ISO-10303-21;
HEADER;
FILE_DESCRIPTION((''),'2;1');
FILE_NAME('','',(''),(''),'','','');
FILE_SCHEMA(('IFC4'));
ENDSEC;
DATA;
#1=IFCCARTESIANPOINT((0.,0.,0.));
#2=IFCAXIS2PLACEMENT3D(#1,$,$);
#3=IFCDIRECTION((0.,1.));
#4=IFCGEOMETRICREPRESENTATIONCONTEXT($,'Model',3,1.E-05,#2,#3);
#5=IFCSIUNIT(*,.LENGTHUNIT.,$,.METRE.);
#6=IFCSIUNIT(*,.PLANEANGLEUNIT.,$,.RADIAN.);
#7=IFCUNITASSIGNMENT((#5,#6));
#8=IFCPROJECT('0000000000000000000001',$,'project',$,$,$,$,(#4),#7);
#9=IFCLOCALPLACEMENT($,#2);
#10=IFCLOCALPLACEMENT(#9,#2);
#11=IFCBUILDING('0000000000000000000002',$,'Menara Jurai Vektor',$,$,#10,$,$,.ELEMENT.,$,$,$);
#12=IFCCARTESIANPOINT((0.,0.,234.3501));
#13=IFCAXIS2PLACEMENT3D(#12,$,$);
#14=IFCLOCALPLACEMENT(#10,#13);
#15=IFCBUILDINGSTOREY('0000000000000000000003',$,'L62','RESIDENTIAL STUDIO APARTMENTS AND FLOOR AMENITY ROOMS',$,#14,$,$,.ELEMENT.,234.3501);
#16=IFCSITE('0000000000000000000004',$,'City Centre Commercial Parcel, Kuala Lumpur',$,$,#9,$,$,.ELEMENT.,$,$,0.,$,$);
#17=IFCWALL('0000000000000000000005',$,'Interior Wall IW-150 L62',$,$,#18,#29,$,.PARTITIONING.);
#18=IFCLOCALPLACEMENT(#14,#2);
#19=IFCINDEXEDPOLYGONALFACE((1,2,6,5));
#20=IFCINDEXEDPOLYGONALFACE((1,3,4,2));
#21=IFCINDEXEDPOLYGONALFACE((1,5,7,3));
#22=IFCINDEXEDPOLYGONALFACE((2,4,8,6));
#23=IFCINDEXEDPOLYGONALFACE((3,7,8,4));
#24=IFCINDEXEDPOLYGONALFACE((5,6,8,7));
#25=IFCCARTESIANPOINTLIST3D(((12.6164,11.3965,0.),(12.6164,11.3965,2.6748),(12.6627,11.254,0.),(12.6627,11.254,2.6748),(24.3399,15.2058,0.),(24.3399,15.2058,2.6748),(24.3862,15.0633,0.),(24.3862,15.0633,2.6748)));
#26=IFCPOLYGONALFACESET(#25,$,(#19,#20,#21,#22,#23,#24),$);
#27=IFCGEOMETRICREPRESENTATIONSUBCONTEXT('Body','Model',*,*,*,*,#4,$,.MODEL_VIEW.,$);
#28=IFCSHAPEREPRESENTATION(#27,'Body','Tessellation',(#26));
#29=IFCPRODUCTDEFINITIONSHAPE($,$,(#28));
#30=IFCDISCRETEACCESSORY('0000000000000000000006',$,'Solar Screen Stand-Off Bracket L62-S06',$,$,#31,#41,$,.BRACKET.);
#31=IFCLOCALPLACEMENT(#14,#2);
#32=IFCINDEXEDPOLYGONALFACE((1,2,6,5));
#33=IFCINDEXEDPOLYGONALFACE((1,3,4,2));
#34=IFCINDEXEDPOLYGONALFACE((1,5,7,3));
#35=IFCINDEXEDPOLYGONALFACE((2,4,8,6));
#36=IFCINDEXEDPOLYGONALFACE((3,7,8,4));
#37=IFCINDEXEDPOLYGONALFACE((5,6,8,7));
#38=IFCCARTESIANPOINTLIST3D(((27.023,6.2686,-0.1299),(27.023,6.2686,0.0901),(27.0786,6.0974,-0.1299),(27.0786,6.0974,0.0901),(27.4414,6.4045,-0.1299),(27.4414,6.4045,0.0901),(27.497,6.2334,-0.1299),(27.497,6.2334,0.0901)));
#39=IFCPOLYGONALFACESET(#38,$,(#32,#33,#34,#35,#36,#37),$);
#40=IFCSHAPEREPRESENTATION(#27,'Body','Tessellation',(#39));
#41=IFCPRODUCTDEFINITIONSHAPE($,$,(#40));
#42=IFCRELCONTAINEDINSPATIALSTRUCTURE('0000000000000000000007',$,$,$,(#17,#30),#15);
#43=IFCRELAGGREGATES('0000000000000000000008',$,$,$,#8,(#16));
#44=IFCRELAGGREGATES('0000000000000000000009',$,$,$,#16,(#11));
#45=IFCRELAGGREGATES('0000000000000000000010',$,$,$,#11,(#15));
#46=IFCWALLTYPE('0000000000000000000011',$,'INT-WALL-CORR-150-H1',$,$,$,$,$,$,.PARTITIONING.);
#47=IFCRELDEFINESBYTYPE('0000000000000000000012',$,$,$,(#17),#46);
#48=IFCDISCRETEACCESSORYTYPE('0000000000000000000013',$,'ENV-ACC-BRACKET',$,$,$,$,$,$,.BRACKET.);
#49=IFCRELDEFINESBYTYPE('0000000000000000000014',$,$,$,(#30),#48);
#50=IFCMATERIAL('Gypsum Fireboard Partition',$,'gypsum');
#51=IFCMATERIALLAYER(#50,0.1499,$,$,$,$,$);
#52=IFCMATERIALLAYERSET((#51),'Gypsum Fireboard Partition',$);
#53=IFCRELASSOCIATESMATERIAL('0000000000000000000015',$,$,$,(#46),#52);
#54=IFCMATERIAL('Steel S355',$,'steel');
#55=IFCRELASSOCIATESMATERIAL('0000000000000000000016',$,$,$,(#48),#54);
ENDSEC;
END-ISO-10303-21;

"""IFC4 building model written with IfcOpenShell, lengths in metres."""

from ifc_helpers import new_model, si_unit, direction, frame, frame_2d, origin, origin_2d, place, context, subcontext, project, spatial, rectangle, extrude, material, layer, layer_set, type_object, element, save


model = new_model("IFC4")

# Units and contexts
model_context = context("Model", 3, precision=1e-05, world=origin(), true_north=direction((0.0, 1.0)))
body_context = subcontext(model_context, "Body", "Model", "MODEL_VIEW")
ifc_project = project(units=[si_unit("LENGTHUNIT", "METRE"), si_unit("PLANEANGLEUNIT", "RADIAN")], contexts=[model_context])

# Site, building, storey
site_placement = place(None, origin())
site = spatial("IfcSite", under=ifc_project, at=site_placement, Name="City Centre Commercial Parcel, Kuala Lumpur", CompositionType="ELEMENT", RefElevation=0.0)
building_placement = place(site_placement, origin())
building = spatial("IfcBuilding", under=site, at=building_placement, Name="Menara Jurai Vektor", CompositionType="ELEMENT")
storey_placement = place(building_placement, frame((0.0, 0.0, 234.3501)))
storey = spatial("IfcBuildingStorey", under=building, at=storey_placement, Name="L62", Description="RESIDENTIAL STUDIO APARTMENTS AND FLOOR AMENITY ROOMS", CompositionType="ELEMENT", Elevation=234.3501)

# Shared definitions
ifc_material_1 = material(Name="Steel S355", Category="steel")

# Shared definitions
ifc_material_2 = material(Name="Gypsum Fireboard Partition", Category="gypsum")

# Wall
ifc_layer_1 = layer(ifc_material_2, 0.1499)
ifc_layer_set_1 = layer_set([ifc_layer_1], Name="Gypsum Fireboard Partition")
wall_type_1 = type_object("IfcWallType", Name="INT-WALL-CORR-150-H1", PredefinedType="PARTITIONING", material=ifc_layer_set_1)
wall_1_placement = place(storey_placement, frame((12.6394, 11.3252, 0.0), z_axis=(0.0, 0.0, 1.0), x_axis=(0.951054, 0.309023, 0.0)))
element("IfcWall", 1, at=wall_1_placement, inside=storey, type_object=wall_type_1, Name="Interior Wall IW-150 L62", PredefinedType="PARTITIONING", context=body_context, shape_type="SweptSolid", body=[
    extrude(rectangle(XDim=12.3269, YDim=0.1499, at=frame_2d((6.1636, 0.0))), origin(), (0.0, 0.0, 1.0), 2.6748),
])

# Discrete accessory
discrete_accessory_type = type_object("IfcDiscreteAccessoryType", Name="ENV-ACC-BRACKET", PredefinedType="BRACKET", material=ifc_material_1)
discrete_accessory_placement = place(storey_placement, frame((27.26, 6.251, -0.1299), z_axis=(0.0, 0.0, 1.0), x_axis=(-0.309017, 0.951057, 0.0)))
element("IfcDiscreteAccessory", 2, at=discrete_accessory_placement, inside=storey, type_object=discrete_accessory_type, Name="Solar Screen Stand-Off Bracket L62-S06", PredefinedType="BRACKET", context=body_context, shape_type="SweptSolid", body=[
    extrude(rectangle(XDim=0.1799, YDim=0.4399, at=origin_2d()), origin(), (0.0, 0.0, 1.0), 0.22),
])

save(model, "model.ifc")
